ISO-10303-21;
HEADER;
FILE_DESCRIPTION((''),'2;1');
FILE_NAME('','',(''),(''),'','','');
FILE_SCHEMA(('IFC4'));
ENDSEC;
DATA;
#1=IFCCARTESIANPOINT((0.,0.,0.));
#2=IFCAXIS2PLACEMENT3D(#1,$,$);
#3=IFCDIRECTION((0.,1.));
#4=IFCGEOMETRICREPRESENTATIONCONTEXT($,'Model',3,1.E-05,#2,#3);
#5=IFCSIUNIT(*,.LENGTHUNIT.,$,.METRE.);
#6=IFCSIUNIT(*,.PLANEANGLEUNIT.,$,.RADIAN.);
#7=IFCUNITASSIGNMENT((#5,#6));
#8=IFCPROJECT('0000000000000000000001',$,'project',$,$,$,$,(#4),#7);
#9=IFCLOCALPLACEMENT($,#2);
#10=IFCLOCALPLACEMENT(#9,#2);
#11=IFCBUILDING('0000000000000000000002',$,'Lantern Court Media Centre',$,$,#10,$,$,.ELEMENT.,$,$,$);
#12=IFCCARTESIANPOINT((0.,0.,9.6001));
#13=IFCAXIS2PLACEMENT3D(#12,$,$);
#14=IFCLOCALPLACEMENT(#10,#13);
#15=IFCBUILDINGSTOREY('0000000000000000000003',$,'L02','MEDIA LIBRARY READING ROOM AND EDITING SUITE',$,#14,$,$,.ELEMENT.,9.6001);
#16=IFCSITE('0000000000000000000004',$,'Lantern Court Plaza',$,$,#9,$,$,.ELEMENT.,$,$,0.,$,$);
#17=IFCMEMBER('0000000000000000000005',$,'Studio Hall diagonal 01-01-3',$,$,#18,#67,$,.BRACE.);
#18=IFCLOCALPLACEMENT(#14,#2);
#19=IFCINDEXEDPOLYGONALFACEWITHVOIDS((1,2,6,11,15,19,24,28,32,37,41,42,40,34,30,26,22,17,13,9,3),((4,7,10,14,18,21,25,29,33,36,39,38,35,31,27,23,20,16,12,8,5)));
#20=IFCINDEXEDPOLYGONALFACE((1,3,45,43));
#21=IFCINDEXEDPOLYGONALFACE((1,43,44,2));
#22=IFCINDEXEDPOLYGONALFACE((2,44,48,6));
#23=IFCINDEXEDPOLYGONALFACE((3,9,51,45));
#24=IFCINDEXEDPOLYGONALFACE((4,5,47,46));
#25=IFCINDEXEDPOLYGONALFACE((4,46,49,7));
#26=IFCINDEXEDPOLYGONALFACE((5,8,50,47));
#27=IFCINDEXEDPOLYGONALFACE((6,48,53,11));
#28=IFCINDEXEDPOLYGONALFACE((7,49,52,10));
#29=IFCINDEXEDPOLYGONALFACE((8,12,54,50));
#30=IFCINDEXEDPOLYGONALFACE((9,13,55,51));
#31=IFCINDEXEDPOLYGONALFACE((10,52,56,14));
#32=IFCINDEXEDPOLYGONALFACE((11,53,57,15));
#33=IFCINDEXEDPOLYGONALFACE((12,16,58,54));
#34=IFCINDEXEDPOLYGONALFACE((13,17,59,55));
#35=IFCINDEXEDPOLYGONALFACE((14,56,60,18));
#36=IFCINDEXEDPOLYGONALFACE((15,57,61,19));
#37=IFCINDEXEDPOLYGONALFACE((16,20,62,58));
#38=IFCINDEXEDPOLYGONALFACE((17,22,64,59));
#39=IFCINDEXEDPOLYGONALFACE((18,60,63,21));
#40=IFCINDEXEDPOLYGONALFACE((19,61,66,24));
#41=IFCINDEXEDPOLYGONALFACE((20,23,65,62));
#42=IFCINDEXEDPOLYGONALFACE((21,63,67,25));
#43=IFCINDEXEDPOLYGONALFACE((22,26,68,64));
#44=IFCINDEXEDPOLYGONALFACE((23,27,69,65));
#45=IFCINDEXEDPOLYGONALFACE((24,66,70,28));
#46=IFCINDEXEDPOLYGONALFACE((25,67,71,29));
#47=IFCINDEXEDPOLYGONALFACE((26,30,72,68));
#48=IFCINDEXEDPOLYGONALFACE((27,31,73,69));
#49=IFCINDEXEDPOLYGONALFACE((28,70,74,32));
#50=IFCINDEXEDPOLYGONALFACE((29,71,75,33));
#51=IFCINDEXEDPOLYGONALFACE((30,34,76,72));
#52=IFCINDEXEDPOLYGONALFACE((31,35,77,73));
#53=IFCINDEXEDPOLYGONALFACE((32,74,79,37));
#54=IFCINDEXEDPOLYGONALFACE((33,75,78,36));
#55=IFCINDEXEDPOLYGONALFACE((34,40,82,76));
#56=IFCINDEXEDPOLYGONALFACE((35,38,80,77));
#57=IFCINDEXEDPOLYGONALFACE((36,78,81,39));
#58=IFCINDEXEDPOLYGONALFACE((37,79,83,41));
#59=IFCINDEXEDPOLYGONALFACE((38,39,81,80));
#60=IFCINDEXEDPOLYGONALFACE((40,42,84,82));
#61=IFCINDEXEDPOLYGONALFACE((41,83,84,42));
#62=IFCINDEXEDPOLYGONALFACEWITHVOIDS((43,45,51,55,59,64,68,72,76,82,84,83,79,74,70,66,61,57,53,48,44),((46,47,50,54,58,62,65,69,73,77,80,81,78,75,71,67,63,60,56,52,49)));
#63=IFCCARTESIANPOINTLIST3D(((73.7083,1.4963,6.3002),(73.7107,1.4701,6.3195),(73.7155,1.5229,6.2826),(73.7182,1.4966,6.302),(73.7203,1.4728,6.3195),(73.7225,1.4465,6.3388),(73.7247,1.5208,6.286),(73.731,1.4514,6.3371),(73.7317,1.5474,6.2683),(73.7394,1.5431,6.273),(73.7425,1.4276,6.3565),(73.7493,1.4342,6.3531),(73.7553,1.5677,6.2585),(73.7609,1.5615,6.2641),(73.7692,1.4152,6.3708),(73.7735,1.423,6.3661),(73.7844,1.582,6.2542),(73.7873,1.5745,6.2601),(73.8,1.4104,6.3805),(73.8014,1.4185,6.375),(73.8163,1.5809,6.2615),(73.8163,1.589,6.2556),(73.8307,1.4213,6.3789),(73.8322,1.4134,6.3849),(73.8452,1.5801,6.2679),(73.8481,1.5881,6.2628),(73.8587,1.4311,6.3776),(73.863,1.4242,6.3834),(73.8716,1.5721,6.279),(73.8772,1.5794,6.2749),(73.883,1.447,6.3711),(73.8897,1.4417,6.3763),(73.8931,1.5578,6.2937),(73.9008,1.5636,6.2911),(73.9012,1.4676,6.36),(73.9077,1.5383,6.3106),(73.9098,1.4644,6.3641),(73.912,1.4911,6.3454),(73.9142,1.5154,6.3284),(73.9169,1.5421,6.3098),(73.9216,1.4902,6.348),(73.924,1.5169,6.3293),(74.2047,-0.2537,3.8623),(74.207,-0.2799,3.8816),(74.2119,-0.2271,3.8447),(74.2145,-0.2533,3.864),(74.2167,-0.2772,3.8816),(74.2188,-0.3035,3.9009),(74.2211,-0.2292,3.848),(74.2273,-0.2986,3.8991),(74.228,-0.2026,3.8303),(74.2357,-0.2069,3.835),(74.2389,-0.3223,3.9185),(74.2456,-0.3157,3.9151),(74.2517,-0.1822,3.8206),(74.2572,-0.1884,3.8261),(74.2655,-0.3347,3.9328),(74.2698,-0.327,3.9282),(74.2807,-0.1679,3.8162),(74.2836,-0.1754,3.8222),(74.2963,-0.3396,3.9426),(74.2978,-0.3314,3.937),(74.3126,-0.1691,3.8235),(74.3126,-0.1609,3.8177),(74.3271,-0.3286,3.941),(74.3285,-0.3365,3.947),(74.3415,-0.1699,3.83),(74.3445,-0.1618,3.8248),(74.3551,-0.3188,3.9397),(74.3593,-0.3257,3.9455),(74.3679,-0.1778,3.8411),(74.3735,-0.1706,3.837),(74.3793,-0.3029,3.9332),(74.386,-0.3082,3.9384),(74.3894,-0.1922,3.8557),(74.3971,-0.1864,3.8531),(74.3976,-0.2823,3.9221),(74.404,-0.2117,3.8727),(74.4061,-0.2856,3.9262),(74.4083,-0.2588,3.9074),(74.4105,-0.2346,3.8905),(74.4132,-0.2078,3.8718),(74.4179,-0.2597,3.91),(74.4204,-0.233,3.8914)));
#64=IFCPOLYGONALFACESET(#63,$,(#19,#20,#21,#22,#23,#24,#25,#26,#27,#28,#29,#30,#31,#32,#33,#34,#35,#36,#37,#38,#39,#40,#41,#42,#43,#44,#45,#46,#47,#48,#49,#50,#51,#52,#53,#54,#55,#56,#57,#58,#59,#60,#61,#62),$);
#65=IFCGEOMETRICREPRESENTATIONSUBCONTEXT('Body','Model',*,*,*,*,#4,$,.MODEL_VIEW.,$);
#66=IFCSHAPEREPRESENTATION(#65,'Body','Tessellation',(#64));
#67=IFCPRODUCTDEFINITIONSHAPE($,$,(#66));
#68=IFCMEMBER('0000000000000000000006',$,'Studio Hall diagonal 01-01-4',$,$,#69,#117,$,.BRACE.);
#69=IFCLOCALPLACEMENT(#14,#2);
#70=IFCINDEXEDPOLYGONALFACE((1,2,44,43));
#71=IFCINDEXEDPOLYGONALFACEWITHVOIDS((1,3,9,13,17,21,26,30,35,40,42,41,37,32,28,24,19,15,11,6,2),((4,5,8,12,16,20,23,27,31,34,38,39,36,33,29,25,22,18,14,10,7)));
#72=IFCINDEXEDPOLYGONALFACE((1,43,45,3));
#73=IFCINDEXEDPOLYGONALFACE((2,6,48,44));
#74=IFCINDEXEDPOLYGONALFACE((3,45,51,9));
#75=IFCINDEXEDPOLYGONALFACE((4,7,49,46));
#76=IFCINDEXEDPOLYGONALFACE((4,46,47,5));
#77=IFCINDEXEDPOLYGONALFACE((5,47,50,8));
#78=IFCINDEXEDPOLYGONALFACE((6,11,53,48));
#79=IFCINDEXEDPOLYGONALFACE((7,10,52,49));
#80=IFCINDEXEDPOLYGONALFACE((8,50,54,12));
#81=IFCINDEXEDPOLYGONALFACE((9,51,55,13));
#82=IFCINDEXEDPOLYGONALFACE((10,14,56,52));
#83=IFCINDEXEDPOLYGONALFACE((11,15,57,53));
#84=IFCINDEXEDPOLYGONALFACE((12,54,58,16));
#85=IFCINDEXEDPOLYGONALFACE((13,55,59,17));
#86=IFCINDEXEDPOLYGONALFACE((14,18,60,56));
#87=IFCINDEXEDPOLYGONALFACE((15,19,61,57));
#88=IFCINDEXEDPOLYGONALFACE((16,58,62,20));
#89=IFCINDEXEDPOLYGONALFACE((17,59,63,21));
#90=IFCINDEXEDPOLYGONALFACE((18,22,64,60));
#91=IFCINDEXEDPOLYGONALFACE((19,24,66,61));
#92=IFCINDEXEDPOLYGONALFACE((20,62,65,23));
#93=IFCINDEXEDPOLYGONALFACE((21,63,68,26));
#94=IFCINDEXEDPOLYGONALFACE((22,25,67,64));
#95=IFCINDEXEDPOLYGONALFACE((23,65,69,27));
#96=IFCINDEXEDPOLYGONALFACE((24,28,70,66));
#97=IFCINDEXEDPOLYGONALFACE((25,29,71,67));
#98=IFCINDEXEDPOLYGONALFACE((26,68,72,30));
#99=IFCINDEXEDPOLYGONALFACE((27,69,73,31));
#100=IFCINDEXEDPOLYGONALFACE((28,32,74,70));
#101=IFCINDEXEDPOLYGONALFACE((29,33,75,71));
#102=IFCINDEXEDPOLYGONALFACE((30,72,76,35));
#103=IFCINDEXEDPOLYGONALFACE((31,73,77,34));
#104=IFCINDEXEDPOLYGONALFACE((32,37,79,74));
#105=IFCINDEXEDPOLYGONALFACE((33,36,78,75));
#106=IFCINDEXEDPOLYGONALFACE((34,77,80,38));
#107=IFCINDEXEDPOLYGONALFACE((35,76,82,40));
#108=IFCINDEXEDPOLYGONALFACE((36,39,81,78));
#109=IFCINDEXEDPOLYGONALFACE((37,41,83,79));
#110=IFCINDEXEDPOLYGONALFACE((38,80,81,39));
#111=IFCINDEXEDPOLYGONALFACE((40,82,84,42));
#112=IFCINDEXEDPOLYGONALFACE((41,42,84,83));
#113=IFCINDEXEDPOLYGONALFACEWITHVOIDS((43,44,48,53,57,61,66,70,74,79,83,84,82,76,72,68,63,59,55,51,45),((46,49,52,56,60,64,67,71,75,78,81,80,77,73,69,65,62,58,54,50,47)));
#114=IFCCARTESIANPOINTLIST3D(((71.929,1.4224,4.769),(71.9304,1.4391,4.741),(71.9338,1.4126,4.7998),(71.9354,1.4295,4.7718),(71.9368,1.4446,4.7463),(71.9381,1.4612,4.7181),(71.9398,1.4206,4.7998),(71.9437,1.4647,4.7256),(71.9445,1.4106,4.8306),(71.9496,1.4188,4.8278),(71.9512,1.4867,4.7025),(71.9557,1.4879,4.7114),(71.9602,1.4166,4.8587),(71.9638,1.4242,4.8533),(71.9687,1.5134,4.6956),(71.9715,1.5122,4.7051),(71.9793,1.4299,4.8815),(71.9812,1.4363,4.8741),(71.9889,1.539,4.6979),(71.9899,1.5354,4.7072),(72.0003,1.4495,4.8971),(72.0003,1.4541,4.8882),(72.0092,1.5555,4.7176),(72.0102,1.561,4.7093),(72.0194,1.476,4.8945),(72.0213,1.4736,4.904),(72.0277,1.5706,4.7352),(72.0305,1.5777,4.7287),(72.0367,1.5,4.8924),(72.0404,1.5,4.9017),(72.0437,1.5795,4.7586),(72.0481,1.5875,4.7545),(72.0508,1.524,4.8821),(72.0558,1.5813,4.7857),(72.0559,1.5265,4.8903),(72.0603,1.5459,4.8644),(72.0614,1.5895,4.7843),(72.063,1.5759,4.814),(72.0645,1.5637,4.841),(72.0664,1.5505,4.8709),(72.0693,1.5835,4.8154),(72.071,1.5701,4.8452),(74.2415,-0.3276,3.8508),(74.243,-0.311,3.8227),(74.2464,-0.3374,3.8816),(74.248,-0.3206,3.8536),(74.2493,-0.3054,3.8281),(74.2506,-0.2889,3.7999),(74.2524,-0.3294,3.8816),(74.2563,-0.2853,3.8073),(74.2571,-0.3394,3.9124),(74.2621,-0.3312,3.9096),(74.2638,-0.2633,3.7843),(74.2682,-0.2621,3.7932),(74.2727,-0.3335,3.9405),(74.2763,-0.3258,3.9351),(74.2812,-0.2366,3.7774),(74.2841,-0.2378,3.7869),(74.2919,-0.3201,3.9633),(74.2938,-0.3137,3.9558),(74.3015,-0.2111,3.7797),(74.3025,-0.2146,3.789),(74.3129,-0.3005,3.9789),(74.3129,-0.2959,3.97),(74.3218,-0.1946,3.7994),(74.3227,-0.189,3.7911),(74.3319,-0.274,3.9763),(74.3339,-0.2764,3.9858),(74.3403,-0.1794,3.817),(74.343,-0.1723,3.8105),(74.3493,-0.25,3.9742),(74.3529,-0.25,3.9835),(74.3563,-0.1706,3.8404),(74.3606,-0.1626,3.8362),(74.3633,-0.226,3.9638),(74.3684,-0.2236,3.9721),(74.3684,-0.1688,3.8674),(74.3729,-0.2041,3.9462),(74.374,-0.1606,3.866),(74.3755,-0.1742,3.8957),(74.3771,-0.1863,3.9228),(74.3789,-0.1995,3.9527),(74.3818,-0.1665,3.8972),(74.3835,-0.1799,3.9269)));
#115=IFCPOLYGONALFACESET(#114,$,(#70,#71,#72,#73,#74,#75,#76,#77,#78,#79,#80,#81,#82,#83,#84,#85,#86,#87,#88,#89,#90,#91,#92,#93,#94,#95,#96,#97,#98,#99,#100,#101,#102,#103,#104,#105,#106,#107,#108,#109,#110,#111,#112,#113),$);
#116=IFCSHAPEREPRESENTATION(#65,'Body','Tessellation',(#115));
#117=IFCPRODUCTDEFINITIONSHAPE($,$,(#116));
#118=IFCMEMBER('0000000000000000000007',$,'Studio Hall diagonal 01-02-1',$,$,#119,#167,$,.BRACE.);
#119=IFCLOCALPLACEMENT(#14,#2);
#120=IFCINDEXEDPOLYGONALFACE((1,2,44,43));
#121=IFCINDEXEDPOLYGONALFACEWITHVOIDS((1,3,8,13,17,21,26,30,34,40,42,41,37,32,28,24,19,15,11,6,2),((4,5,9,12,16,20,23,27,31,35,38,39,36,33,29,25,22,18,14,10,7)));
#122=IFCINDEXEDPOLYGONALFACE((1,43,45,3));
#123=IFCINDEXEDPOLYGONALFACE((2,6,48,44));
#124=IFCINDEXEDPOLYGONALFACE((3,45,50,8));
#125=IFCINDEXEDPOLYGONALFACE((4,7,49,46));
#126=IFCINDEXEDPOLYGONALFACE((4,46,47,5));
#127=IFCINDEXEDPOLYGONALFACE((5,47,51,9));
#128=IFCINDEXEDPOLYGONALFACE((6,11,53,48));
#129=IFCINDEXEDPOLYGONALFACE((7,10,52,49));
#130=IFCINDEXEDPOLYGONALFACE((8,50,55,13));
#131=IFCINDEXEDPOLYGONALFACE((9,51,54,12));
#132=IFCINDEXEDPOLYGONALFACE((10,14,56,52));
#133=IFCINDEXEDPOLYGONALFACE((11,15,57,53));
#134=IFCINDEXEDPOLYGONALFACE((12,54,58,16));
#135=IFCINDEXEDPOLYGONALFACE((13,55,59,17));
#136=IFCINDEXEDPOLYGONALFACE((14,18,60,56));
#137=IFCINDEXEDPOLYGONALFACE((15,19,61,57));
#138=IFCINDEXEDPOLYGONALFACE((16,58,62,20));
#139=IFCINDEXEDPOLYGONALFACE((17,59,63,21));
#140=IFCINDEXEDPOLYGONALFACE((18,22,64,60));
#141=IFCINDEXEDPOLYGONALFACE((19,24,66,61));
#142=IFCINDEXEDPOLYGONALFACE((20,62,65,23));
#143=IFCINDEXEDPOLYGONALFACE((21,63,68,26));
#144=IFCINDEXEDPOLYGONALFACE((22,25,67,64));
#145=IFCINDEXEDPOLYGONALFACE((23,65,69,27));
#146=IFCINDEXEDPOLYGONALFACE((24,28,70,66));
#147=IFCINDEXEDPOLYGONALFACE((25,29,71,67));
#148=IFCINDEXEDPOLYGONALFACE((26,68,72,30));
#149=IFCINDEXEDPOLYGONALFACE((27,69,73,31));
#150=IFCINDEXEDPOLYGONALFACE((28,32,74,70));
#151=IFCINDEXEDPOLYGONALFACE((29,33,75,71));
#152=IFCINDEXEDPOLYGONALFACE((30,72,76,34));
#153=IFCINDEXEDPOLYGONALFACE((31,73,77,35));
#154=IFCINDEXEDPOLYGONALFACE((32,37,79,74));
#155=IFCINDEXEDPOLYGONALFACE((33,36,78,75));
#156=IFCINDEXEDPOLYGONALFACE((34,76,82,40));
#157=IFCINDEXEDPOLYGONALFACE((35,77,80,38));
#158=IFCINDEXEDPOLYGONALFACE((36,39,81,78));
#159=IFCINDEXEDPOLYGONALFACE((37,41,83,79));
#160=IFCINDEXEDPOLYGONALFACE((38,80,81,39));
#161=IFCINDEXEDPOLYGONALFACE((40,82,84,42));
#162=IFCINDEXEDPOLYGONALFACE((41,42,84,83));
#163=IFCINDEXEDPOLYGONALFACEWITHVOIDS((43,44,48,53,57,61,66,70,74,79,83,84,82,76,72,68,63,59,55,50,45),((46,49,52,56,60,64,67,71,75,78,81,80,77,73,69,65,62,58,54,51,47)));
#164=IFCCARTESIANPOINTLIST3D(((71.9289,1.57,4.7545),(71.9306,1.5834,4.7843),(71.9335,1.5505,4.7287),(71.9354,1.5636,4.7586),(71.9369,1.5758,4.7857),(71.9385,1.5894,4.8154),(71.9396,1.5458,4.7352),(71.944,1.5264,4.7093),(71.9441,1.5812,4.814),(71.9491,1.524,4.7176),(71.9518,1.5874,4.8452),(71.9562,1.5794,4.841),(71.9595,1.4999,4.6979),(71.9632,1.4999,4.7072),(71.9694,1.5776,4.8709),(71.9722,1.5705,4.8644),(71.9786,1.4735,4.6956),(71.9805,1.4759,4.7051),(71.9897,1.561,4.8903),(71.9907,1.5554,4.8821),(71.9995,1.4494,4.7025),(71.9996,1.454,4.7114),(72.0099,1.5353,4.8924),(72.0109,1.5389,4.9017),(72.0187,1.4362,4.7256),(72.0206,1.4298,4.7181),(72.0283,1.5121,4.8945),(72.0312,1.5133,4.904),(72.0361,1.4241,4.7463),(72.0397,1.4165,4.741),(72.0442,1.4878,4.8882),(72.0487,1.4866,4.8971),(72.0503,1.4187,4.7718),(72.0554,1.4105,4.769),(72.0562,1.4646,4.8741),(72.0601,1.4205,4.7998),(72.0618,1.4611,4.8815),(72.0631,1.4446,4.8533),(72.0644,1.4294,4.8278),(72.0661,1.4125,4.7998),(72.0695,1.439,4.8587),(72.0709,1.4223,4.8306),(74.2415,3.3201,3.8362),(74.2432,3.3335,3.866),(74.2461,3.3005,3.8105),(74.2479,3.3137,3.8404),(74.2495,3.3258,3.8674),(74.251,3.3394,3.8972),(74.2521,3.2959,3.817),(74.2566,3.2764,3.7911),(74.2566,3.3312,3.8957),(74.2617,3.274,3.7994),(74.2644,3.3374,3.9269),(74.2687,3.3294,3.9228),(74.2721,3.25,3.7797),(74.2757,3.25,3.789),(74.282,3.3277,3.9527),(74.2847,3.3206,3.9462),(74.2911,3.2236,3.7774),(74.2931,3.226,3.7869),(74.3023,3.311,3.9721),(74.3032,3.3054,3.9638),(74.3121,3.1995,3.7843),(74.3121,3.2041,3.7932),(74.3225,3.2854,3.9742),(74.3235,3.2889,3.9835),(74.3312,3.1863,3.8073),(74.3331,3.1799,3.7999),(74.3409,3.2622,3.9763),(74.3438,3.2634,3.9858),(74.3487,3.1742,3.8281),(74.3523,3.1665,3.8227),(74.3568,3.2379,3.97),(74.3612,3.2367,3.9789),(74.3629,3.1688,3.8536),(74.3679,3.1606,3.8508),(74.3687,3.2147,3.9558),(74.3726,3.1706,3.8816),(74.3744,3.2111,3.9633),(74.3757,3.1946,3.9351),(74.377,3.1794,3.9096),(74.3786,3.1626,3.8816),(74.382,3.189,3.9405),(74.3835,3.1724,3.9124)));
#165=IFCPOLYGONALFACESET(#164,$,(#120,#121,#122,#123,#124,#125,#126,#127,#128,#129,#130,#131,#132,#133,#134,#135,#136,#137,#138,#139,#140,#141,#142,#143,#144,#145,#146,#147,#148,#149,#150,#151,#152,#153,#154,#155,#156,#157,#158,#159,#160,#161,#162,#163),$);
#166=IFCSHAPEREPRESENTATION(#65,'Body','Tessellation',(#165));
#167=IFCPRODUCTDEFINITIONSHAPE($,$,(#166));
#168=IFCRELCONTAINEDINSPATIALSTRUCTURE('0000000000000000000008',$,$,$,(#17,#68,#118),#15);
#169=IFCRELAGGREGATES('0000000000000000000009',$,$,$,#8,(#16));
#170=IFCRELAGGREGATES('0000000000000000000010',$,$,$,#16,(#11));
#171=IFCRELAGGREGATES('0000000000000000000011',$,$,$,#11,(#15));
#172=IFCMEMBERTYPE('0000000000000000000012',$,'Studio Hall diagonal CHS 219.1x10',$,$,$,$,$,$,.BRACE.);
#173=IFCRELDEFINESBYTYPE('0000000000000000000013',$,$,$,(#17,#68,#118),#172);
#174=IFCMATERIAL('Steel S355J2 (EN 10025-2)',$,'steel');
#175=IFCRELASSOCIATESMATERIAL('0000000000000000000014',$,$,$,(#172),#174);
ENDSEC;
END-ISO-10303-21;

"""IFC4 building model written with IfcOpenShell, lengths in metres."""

from ifc_helpers import new_model, si_unit, direction, frame, origin, origin_2d, place, context, subcontext, project, spatial, hollow_circle, extrude, material, material_profile, profile_set, type_object, element, save


model = new_model("IFC4")

# Units and contexts
model_context = context("Model", 3, precision=1e-05, world=origin(), true_north=direction((0.0, 1.0)))
body_context = subcontext(model_context, "Body", "Model", "MODEL_VIEW")
ifc_project = project(units=[si_unit("LENGTHUNIT", "METRE"), si_unit("PLANEANGLEUNIT", "RADIAN")], contexts=[model_context])

# Site, building, storey
site_placement = place(None, origin())
site = spatial("IfcSite", under=ifc_project, at=site_placement, Name="Lantern Court Plaza", CompositionType="ELEMENT", RefElevation=0.0)
building_placement = place(site_placement, origin())
building = spatial("IfcBuilding", under=site, at=building_placement, Name="Lantern Court Media Centre", CompositionType="ELEMENT")
storey_placement = place(building_placement, frame((0.0, 0.0, 9.6001)))
storey = spatial("IfcBuildingStorey", under=building, at=storey_placement, Name="L02", Description="MEDIA LIBRARY READING ROOM AND EDITING SUITE", CompositionType="ELEMENT", Elevation=9.6001)

# Members
ifc_material_1 = material(Name="Steel S355J2 (EN 10025-2)", Category="steel")
ifc_material_profile_1 = material_profile(ifc_material_1, hollow_circle(Radius=0.1096, WallThickness=0.01, at=origin_2d()), Name="Studio Hall diagonal CHS 219.1x10")
ifc_profile_set_1 = profile_set([ifc_material_profile_1], Name="Steel S355J2 (EN 10025-2)")
member_type_1 = type_object("IfcMemberType", Name="Studio Hall diagonal CHS 219.1x10", PredefinedType="BRACE", material=ifc_profile_set_1)
for number, where, z_axis, x_axis, name in (
    (1, (74.3125, -0.25, 3.8816), (-0.163172, 0.575314, 0.801491), (-0.962054, -0.272859, 0.0), "Studio Hall diagonal 01-01-3"),
):
    element("IfcMember", number, at=place(storey_placement, frame(where, z_axis=z_axis, x_axis=x_axis)), inside=storey, type_object=member_type_1, Name=name, PredefinedType="BRACE", context=body_context, shape_type="SweptSolid", body=[
        extrude(hollow_circle(Radius=0.1096, WallThickness=0.01, at=origin_2d()), origin(), (0.0, 0.0, 1.0), 3.0417),
    ])
for number, where, z_axis, x_axis, name in (
    (2, (74.3125, -0.25, 3.8816), (-0.760211, 0.575295, 0.301853), (-0.603443, -0.797406, 0.0), "Studio Hall diagonal 01-01-4"),
    (3, (74.3125, 3.25, 3.8816), (-0.760211, -0.575295, 0.301853), (0.603443, -0.797406, 0.0), "Studio Hall diagonal 01-02-1"),
):
    element("IfcMember", number, at=place(storey_placement, frame(where, z_axis=z_axis, x_axis=x_axis)), inside=storey, type_object=member_type_1, Name=name, PredefinedType="BRACE", context=body_context, shape_type="SweptSolid", body=[
        extrude(hollow_circle(Radius=0.1096, WallThickness=0.01, at=origin_2d()), origin(), (0.0, 0.0, 1.0), 3.042),
    ])

save(model, "model.ifc")
